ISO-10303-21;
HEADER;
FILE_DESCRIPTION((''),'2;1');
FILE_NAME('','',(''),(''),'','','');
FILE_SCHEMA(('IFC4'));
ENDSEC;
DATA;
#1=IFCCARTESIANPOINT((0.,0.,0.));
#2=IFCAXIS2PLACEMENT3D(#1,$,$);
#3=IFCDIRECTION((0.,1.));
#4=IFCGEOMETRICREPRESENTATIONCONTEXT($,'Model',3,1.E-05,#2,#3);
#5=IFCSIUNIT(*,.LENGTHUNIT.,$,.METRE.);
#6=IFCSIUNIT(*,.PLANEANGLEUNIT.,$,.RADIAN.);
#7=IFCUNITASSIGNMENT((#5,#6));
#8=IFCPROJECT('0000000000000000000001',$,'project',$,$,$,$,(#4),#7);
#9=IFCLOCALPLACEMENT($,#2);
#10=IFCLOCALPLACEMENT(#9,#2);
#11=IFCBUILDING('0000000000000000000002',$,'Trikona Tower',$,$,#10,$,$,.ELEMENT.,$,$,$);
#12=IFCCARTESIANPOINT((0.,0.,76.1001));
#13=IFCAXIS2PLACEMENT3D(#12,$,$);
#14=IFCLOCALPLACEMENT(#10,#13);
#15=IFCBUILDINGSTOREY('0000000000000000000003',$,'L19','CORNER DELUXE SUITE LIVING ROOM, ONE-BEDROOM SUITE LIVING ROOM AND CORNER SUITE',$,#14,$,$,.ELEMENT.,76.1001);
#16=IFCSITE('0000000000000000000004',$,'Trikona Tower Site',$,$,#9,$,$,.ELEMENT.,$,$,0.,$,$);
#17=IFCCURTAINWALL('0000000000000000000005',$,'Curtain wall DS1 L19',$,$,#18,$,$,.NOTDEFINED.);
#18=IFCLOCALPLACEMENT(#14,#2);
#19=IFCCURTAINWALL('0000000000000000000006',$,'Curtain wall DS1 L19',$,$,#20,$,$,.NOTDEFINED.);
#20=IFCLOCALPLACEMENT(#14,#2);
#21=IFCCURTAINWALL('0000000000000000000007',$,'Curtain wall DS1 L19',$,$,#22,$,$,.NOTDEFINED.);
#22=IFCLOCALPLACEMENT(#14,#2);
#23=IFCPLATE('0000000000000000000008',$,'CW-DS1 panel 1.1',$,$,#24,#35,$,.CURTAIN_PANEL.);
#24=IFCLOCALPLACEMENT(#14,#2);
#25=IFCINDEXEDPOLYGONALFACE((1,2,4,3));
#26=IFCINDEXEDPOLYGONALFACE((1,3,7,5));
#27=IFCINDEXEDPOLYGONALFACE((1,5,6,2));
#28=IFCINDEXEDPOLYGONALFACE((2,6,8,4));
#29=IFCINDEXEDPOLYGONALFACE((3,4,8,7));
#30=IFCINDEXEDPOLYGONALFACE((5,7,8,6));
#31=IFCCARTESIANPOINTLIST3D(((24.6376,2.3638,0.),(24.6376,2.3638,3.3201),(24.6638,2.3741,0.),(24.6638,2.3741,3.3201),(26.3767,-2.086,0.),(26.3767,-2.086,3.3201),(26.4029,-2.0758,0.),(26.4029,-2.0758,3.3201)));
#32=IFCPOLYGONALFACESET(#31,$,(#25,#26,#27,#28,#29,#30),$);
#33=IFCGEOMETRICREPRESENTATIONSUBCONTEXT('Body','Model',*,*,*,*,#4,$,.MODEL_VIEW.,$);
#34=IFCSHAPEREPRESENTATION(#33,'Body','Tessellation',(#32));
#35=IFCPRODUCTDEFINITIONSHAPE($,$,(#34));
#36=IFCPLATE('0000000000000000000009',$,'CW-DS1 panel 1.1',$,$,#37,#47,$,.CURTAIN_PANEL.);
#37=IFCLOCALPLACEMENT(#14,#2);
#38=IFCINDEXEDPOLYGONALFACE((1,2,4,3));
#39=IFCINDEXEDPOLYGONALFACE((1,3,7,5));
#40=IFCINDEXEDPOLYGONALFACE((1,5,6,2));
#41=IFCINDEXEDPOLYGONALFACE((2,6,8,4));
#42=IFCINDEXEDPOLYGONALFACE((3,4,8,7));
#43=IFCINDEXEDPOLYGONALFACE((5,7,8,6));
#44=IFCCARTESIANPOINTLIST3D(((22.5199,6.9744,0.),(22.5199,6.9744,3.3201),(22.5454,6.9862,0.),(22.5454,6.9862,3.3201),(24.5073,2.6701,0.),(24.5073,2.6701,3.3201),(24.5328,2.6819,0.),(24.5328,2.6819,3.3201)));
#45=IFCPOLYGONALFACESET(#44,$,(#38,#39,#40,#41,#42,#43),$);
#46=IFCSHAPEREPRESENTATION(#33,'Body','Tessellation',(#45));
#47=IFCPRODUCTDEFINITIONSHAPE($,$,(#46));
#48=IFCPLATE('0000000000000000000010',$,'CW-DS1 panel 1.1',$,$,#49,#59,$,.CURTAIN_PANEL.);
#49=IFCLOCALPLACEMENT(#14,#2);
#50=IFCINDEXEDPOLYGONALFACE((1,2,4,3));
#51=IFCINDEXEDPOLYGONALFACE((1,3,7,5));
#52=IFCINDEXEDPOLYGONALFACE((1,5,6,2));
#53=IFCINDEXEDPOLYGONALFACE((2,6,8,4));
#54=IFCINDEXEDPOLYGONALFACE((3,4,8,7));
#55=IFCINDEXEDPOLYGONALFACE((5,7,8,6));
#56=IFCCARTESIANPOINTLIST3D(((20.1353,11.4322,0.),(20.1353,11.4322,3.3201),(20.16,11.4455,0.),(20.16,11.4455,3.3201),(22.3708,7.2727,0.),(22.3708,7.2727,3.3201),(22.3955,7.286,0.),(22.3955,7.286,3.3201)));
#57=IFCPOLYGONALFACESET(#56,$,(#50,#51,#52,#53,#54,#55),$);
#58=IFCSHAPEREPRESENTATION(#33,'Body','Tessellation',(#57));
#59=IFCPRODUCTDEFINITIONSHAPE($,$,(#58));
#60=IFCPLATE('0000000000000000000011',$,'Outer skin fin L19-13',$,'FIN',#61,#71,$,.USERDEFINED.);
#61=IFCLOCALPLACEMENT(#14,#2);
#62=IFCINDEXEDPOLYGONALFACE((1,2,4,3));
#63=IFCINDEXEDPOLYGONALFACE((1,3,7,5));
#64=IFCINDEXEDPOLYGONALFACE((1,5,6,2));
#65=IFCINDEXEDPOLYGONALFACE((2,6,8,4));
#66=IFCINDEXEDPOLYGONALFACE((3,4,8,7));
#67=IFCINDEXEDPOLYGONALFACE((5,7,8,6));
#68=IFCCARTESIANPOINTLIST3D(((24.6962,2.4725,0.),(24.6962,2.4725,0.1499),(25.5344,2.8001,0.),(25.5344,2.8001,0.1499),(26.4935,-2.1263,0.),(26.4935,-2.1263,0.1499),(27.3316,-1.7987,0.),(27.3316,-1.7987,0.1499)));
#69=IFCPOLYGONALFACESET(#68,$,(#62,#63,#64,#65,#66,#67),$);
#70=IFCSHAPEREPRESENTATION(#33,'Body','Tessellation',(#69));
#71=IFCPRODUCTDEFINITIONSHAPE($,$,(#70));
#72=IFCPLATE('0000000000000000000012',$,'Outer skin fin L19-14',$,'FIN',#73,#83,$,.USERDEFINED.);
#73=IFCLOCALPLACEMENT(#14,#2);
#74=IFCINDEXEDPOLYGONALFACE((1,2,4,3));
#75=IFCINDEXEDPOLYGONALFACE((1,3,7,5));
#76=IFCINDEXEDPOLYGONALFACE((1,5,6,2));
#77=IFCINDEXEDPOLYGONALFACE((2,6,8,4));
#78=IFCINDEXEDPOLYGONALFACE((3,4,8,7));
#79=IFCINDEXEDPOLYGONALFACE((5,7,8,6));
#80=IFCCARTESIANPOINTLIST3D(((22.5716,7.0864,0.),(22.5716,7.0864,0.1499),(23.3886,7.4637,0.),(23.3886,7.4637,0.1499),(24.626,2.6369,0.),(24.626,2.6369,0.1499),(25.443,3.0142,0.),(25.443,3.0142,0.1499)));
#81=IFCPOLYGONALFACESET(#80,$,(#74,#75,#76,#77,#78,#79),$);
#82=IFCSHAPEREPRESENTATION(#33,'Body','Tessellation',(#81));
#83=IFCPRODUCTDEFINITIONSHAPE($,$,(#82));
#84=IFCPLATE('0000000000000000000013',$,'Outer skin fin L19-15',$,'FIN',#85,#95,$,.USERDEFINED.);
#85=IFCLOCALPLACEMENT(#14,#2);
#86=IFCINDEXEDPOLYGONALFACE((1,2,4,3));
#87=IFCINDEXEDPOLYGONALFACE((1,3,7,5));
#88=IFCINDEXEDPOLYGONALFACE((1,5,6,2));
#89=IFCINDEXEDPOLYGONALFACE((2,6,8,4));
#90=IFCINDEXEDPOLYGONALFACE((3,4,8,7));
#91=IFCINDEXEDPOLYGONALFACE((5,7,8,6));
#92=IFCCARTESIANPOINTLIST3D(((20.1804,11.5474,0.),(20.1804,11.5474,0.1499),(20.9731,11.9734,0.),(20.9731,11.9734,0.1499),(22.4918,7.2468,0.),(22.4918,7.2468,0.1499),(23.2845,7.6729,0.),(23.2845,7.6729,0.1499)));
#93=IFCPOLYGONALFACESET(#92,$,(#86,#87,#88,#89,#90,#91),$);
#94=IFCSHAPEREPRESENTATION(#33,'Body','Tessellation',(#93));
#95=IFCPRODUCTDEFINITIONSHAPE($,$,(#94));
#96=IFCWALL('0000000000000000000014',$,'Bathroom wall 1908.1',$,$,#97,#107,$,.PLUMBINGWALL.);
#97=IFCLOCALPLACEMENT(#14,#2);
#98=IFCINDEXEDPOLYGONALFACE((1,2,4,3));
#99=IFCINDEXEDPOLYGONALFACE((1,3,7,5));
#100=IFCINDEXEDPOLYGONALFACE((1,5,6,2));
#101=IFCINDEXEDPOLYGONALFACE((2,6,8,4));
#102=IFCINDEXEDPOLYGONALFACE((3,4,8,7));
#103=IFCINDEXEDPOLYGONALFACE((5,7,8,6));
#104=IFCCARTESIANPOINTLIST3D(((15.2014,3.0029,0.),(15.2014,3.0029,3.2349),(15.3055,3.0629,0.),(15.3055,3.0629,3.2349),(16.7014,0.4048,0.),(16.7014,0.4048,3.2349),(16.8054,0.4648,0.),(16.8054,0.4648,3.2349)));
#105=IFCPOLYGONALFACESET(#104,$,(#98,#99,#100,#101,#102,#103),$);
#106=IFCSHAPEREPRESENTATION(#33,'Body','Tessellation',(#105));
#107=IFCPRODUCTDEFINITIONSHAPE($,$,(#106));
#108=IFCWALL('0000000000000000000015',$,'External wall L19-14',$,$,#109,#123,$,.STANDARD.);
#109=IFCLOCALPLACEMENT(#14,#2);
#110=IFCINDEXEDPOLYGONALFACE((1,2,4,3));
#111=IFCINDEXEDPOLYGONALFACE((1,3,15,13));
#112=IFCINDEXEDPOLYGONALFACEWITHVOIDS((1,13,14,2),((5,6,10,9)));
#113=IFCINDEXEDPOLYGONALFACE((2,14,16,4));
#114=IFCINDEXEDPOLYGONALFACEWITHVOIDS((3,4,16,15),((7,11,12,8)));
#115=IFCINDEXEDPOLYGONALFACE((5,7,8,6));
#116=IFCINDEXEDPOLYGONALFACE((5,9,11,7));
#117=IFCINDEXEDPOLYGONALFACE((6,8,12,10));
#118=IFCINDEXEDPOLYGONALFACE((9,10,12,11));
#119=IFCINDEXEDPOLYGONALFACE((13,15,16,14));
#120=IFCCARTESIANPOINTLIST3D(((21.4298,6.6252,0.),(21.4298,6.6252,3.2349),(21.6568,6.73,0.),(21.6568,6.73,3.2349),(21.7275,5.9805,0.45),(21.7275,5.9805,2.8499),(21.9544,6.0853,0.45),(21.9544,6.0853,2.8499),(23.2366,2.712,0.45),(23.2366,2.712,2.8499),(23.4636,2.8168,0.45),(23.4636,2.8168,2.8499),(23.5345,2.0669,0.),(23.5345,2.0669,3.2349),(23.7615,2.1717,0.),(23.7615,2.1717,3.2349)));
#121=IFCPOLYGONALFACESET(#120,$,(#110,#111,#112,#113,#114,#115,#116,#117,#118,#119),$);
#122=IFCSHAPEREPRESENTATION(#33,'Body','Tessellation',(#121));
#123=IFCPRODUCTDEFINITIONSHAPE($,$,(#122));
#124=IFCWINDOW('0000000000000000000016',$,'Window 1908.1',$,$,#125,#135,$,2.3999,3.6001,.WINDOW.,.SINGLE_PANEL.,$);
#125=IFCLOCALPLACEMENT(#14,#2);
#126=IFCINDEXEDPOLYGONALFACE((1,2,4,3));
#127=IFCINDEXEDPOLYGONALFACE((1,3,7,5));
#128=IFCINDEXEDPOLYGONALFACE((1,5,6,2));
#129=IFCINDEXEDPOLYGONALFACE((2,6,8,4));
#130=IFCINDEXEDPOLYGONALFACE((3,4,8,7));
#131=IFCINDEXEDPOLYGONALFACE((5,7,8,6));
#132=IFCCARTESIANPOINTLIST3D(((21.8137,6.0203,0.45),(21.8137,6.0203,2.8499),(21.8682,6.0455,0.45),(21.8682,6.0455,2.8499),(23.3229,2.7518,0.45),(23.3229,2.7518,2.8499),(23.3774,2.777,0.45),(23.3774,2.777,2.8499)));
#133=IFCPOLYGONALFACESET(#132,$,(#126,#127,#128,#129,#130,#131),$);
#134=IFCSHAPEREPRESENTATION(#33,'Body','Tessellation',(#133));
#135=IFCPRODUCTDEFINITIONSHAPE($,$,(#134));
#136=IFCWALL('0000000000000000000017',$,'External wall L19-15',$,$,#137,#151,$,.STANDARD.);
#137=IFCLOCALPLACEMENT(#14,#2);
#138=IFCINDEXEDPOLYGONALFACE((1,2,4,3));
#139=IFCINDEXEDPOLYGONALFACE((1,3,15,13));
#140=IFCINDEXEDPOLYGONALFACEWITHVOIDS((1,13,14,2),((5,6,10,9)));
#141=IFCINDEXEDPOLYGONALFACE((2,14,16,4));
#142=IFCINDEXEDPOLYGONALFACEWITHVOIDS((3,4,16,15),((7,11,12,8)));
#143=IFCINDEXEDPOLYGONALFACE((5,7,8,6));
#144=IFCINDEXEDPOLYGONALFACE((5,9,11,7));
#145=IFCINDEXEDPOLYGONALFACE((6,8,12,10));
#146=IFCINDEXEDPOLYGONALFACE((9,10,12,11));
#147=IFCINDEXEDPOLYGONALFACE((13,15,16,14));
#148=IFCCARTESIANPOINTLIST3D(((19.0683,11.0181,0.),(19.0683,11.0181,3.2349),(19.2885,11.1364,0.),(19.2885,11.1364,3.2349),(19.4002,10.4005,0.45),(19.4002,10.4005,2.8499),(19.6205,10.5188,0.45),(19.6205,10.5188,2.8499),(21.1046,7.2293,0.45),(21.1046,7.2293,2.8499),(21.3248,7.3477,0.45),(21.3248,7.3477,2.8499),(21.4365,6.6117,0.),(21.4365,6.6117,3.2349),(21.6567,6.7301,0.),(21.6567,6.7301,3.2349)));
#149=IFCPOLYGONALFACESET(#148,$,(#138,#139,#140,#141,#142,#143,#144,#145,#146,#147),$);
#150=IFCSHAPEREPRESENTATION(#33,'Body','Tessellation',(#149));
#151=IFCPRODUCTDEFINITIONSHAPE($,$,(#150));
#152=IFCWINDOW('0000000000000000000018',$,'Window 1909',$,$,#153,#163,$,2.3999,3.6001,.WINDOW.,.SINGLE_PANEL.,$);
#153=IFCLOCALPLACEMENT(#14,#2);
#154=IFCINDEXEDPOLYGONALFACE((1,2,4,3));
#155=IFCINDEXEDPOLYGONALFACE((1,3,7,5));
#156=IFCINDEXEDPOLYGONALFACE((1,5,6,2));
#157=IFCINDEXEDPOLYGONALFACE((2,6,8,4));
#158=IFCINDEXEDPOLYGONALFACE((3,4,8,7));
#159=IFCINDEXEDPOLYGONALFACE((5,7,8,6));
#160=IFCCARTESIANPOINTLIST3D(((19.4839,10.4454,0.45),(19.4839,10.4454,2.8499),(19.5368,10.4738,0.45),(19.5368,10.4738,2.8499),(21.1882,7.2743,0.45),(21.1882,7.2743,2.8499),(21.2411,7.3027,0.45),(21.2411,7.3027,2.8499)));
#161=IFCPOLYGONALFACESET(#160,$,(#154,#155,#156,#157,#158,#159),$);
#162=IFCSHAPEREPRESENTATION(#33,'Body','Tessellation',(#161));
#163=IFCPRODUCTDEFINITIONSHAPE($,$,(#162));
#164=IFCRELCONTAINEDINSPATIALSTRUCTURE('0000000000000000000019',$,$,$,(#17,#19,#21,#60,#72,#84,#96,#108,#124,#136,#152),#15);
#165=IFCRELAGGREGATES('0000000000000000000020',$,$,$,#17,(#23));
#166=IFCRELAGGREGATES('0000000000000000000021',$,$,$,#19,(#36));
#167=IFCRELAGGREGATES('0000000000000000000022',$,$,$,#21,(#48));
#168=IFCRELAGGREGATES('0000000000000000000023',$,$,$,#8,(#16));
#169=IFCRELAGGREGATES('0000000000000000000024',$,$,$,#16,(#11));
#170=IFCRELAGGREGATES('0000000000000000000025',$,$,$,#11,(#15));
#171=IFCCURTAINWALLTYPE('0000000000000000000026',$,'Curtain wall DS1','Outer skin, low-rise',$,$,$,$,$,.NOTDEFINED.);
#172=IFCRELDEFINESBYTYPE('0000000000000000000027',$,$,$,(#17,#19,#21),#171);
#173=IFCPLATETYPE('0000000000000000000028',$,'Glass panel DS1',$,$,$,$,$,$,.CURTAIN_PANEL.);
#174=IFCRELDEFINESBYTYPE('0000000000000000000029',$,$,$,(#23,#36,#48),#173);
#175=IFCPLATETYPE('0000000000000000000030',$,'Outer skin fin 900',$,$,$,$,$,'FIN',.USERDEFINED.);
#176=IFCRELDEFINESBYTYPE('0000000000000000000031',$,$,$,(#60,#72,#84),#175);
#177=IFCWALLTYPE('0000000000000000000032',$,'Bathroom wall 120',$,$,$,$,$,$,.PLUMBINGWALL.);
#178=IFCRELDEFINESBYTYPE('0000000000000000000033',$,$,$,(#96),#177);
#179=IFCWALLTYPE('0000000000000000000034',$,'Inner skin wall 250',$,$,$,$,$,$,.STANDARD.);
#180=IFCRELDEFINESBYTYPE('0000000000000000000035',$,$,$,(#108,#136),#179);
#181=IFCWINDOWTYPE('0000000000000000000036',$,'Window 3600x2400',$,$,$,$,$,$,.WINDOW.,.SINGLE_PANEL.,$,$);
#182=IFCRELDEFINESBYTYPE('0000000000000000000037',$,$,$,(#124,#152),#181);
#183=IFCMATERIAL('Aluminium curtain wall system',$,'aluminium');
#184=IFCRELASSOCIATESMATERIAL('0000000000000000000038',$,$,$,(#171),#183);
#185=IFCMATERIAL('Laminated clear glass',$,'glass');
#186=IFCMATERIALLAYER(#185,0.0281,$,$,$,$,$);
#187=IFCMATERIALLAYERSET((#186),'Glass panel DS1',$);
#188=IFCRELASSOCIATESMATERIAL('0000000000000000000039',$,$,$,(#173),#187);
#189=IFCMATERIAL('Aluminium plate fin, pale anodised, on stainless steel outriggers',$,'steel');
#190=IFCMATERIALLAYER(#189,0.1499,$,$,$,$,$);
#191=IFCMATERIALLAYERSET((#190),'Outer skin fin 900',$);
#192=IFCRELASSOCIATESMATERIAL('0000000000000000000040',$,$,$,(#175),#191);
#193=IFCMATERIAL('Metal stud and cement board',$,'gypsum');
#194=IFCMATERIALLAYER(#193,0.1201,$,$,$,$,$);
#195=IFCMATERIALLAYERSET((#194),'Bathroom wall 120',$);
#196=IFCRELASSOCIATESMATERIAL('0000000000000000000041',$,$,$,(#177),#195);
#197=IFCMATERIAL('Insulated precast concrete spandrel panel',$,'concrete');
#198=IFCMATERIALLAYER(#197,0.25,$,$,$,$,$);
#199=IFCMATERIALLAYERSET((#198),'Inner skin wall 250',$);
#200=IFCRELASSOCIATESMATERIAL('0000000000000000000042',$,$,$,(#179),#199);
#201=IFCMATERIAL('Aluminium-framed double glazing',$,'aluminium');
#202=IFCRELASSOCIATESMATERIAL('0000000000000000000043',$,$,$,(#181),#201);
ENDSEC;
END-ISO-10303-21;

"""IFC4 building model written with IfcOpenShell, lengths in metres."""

from ifc_helpers import new_model, si_unit, direction, frame, frame_2d, origin, origin_2d, place, context, subcontext, project, spatial, rectangle, extrude, material, layer, layer_set, type_object, element, fill, aggregate, save


model = new_model("IFC4")

# Units and contexts
model_context = context("Model", 3, precision=1e-05, world=origin(), true_north=direction((0.0, 1.0)))
body_context = subcontext(model_context, "Body", "Model", "MODEL_VIEW")
ifc_project = project(units=[si_unit("LENGTHUNIT", "METRE"), si_unit("PLANEANGLEUNIT", "RADIAN")], contexts=[model_context])

# Site, building, storey
site_placement = place(None, origin())
site = spatial("IfcSite", under=ifc_project, at=site_placement, Name="Trikona Tower Site", CompositionType="ELEMENT", RefElevation=0.0)
building_placement = place(site_placement, origin())
building = spatial("IfcBuilding", under=site, at=building_placement, Name="Trikona Tower", CompositionType="ELEMENT")
storey_placement = place(building_placement, frame((0.0, 0.0, 76.1001)))
storey = spatial("IfcBuildingStorey", under=building, at=storey_placement, Name="L19", Description="CORNER DELUXE SUITE LIVING ROOM, ONE-BEDROOM SUITE LIVING ROOM AND CORNER SUITE", CompositionType="ELEMENT", Elevation=76.1001)

# Curtain wall
ifc_material_1 = material(Name="Aluminium curtain wall system", Category="aluminium")
curtain_wall_type = type_object("IfcCurtainWallType", Name="Curtain wall DS1", Description="Outer skin, low-rise", PredefinedType="NOTDEFINED", material=ifc_material_1)
curtain_wall_1_placement = place(storey_placement, origin())
curtain_wall_1 = element("IfcCurtainWall", 1, at=curtain_wall_1_placement, inside=storey, type_object=curtain_wall_type, Name="Curtain wall DS1 L19", PredefinedType="NOTDEFINED")

# Curtain walls
curtain_wall_2_placement = place(storey_placement, origin())
curtain_wall_2 = element("IfcCurtainWall", 2, at=curtain_wall_2_placement, inside=storey, type_object=curtain_wall_type, Name="Curtain wall DS1 L19", PredefinedType="NOTDEFINED")
curtain_wall_3_placement = place(storey_placement, origin())
curtain_wall_3 = element("IfcCurtainWall", 3, at=curtain_wall_3_placement, inside=storey, type_object=curtain_wall_type, Name="Curtain wall DS1 L19", PredefinedType="NOTDEFINED")

# Plates
ifc_material_2 = material(Name="Laminated clear glass", Category="glass")
ifc_layer_1 = layer(ifc_material_2, 0.0281)
ifc_layer_set_1 = layer_set([ifc_layer_1], Name="Glass panel DS1")
plate_type_1 = type_object("IfcPlateType", Name="Glass panel DS1", PredefinedType="CURTAIN_PANEL", material=ifc_layer_set_1)
plate_1_placement = place(storey_placement, frame((25.5203, 0.144, 0.0), z_axis=(0.0, 0.0, 1.0), x_axis=(-0.364008, 0.931396, 0.0)))
plate_1 = element("IfcPlate", 4, at=plate_1_placement, type_object=plate_type_1, Name="CW-DS1 panel 1.1", PredefinedType="CURTAIN_PANEL", context=body_context, shape_type="SweptSolid", body=[
    extrude(rectangle(XDim=4.7776, YDim=0.0281, at=origin_2d()), origin(), (0.0, 0.0, 1.0), 3.3201),
])
aggregate(curtain_wall_1, [plate_1])
plate_2_placement = place(storey_placement, frame((23.5264, 4.8281, 0.0), z_axis=(0.0, 0.0, 1.0), x_axis=(-0.41919, 0.907898, 0.0)))
plate_2 = element("IfcPlate", 5, at=plate_2_placement, type_object=plate_type_1, Name="CW-DS1 panel 1.1", PredefinedType="CURTAIN_PANEL", context=body_context, shape_type="SweptSolid", body=[
    extrude(rectangle(XDim=4.741, YDim=0.0281, at=origin_2d()), origin(), (0.0, 0.0, 1.0), 3.3201),
])
aggregate(curtain_wall_2, [plate_2])
plate_3_placement = place(storey_placement, frame((21.2654, 9.3591, 0.0), z_axis=(0.0, 0.0, 1.0), x_axis=(-0.473408, 0.880843, 0.0)))
plate_3 = element("IfcPlate", 6, at=plate_3_placement, type_object=plate_type_1, Name="CW-DS1 panel 1.1", PredefinedType="CURTAIN_PANEL", context=body_context, shape_type="SweptSolid", body=[
    extrude(rectangle(XDim=4.7222, YDim=0.0281, at=origin_2d()), origin(), (0.0, 0.0, 1.0), 3.3201),
])
aggregate(curtain_wall_3, [plate_3])

# Plates
ifc_material_3 = material(Name="Aluminium plate fin, pale anodised, on stainless steel outriggers", Category="steel")
ifc_layer_2 = layer(ifc_material_3, 0.1499)
ifc_layer_set_2 = layer_set([ifc_layer_2], Name="Outer skin fin 900")
plate_type_2 = type_object("IfcPlateType", Name="Outer skin fin 900", ElementType="FIN", PredefinedType="USERDEFINED", material=ifc_layer_set_2)
plate_4_placement = place(storey_placement, frame((26.0139, 0.3369, 0.0), z_axis=(0.0, 0.0, 1.0), x_axis=(-0.364009, 0.931395, 0.0)))
element("IfcPlate", 7, at=plate_4_placement, inside=storey, type_object=plate_type_2, Name="Outer skin fin L19-13", ObjectType="FIN", PredefinedType="USERDEFINED", context=body_context, shape_type="SweptSolid", body=[
    extrude(rectangle(XDim=4.9375, YDim=0.8999, at=origin_2d()), origin(), (0.0, 0.0, 1.0), 0.1499),
])
plate_5_placement = place(storey_placement, frame((24.0073, 5.0503, 0.0), z_axis=(0.0, 0.0, 1.0), x_axis=(-0.419194, 0.907897, 0.0)))
element("IfcPlate", 8, at=plate_5_placement, inside=storey, type_object=plate_type_2, Name="Outer skin fin L19-14", ObjectType="FIN", PredefinedType="USERDEFINED", context=body_context, shape_type="SweptSolid", body=[
    extrude(rectangle(XDim=4.9009, YDim=0.8999, at=origin_2d()), origin(), (0.0, 0.0, 1.0), 0.1499),
])
plate_6_placement = place(storey_placement, frame((21.7324, 9.6101, 0.0), z_axis=(0.0, 0.0, 1.0), x_axis=(-0.473423, 0.880835, 0.0)))
element("IfcPlate", 9, at=plate_6_placement, inside=storey, type_object=plate_type_2, Name="Outer skin fin L19-15", ObjectType="FIN", PredefinedType="USERDEFINED", context=body_context, shape_type="SweptSolid", body=[
    extrude(rectangle(XDim=4.8823, YDim=0.8999, at=origin_2d()), origin(), (0.0, 0.0, 1.0), 0.1499),
])

# Wall
ifc_material_4 = material(Name="Metal stud and cement board", Category="gypsum")
ifc_layer_3 = layer(ifc_material_4, 0.1201)
ifc_layer_set_3 = layer_set([ifc_layer_3], Name="Bathroom wall 120")
wall_type_1 = type_object("IfcWallType", Name="Bathroom wall 120", PredefinedType="PLUMBINGWALL", material=ifc_layer_set_3)
wall_1_placement = place(storey_placement, frame((16.7534, 0.4348, 0.0), z_axis=(0.0, 0.0, 1.0), x_axis=(-0.49999, 0.866031, 0.0)))
element("IfcWall", 10, at=wall_1_placement, inside=storey, type_object=wall_type_1, Name="Bathroom wall 1908.1", PredefinedType="PLUMBINGWALL", context=body_context, shape_type="SweptSolid", body=[
    extrude(rectangle(XDim=3.0, YDim=0.1201, at=frame_2d((1.5, 0.0))), origin(), (0.0, 0.0, 1.0), 3.2349),
])

# Walls, openings, windows
ifc_material_5 = material(Name="Insulated precast concrete spandrel panel", Category="concrete")
ifc_layer_4 = layer(ifc_material_5, 0.25)
ifc_layer_set_4 = layer_set([ifc_layer_4], Name="Inner skin wall 250")
wall_type_2 = type_object("IfcWallType", Name="Inner skin wall 250", PredefinedType="STANDARD", material=ifc_layer_set_4)
wall_2_placement = place(storey_placement, frame((23.6479, 2.1194, 0.0), z_axis=(0.0, 0.0, 1.0), x_axis=(-0.419203, 0.907892, 0.0)))
wall_2 = element("IfcWall", 11, at=wall_2_placement, inside=storey, type_object=wall_type_2, Name="External wall L19-14", PredefinedType="STANDARD", context=body_context, shape_type="SweptSolid", body=[
    extrude(rectangle(XDim=5.0208, YDim=0.25, at=frame_2d((2.5103, 0.0))), origin(), (0.0, 0.0, 1.0), 3.2349),
])
opening_1_placement = place(wall_2_placement, frame((0.7104, 0.0, 0.45)))
opening_1 = element("IfcOpeningElement", 12, at=opening_1_placement, cuts=wall_2, PredefinedType="OPENING", context=body_context, shape_type="SweptSolid", body=[
    extrude(rectangle(XDim=3.6001, YDim=2.3999, at=frame_2d((1.8, 1.2))), frame((0.0, 0.135, 0.0), z_axis=(0.0, -1.0, 0.0), x_axis=(1.0, 0.0, 0.0)), (0.0, 0.0, 1.0), 0.27),
])
ifc_material_6 = material(Name="Aluminium-framed double glazing", Category="aluminium")
window_type = type_object("IfcWindowType", Name="Window 3600x2400", PartitioningType="SINGLE_PANEL", PredefinedType="WINDOW", material=ifc_material_6)
window_1_placement = place(opening_1_placement, origin())
window_1 = element("IfcWindow", 13, at=window_1_placement, inside=storey, type_object=window_type, Name="Window 1908.1", OverallHeight=2.3999, OverallWidth=3.6001, PartitioningType="SINGLE_PANEL", PredefinedType="WINDOW", context=body_context, shape_type="SweptSolid", body=[
    extrude(rectangle(XDim=3.6001, YDim=2.3999, at=frame_2d((1.8, 1.2))), frame((0.0, 0.03, 0.0), z_axis=(0.0, -1.0, 0.0), x_axis=(1.0, 0.0, 0.0)), (0.0, 0.0, 1.0), 0.0601),
])
fill(opening_1, window_1)
wall_3_placement = place(storey_placement, frame((21.5466, 6.6709, 0.0), z_axis=(0.0, 0.0, 1.0), x_axis=(-0.473413, 0.880841, 0.0)))
wall_3 = element("IfcWall", 14, at=wall_3_placement, inside=storey, type_object=wall_type_2, Name="External wall L19-15", PredefinedType="STANDARD", context=body_context, shape_type="SweptSolid", body=[
    extrude(rectangle(XDim=5.0024, YDim=0.25, at=frame_2d((2.5012, 0.0))), origin(), (0.0, 0.0, 1.0), 3.2349),
])
opening_2_placement = place(wall_3_placement, frame((0.7012, 0.0, 0.45)))
opening_2 = element("IfcOpeningElement", 15, at=opening_2_placement, cuts=wall_3, PredefinedType="OPENING", context=body_context, shape_type="SweptSolid", body=[
    extrude(rectangle(XDim=3.6001, YDim=2.3999, at=frame_2d((1.8, 1.2))), frame((0.0, 0.135, 0.0), z_axis=(0.0, -1.0, 0.0), x_axis=(1.0, 0.0, 0.0)), (0.0, 0.0, 1.0), 0.27),
])
window_2_placement = place(opening_2_placement, origin())
window_2 = element("IfcWindow", 16, at=window_2_placement, inside=storey, type_object=window_type, Name="Window 1909", OverallHeight=2.3999, OverallWidth=3.6001, PartitioningType="SINGLE_PANEL", PredefinedType="WINDOW", context=body_context, shape_type="SweptSolid", body=[
    extrude(rectangle(XDim=3.6001, YDim=2.3999, at=frame_2d((1.8, 1.2))), frame((0.0, 0.03, 0.0), z_axis=(0.0, -1.0, 0.0), x_axis=(1.0, 0.0, 0.0)), (0.0, 0.0, 1.0), 0.0601),
])
fill(opening_2, window_2)

save(model, "model.ifc")
